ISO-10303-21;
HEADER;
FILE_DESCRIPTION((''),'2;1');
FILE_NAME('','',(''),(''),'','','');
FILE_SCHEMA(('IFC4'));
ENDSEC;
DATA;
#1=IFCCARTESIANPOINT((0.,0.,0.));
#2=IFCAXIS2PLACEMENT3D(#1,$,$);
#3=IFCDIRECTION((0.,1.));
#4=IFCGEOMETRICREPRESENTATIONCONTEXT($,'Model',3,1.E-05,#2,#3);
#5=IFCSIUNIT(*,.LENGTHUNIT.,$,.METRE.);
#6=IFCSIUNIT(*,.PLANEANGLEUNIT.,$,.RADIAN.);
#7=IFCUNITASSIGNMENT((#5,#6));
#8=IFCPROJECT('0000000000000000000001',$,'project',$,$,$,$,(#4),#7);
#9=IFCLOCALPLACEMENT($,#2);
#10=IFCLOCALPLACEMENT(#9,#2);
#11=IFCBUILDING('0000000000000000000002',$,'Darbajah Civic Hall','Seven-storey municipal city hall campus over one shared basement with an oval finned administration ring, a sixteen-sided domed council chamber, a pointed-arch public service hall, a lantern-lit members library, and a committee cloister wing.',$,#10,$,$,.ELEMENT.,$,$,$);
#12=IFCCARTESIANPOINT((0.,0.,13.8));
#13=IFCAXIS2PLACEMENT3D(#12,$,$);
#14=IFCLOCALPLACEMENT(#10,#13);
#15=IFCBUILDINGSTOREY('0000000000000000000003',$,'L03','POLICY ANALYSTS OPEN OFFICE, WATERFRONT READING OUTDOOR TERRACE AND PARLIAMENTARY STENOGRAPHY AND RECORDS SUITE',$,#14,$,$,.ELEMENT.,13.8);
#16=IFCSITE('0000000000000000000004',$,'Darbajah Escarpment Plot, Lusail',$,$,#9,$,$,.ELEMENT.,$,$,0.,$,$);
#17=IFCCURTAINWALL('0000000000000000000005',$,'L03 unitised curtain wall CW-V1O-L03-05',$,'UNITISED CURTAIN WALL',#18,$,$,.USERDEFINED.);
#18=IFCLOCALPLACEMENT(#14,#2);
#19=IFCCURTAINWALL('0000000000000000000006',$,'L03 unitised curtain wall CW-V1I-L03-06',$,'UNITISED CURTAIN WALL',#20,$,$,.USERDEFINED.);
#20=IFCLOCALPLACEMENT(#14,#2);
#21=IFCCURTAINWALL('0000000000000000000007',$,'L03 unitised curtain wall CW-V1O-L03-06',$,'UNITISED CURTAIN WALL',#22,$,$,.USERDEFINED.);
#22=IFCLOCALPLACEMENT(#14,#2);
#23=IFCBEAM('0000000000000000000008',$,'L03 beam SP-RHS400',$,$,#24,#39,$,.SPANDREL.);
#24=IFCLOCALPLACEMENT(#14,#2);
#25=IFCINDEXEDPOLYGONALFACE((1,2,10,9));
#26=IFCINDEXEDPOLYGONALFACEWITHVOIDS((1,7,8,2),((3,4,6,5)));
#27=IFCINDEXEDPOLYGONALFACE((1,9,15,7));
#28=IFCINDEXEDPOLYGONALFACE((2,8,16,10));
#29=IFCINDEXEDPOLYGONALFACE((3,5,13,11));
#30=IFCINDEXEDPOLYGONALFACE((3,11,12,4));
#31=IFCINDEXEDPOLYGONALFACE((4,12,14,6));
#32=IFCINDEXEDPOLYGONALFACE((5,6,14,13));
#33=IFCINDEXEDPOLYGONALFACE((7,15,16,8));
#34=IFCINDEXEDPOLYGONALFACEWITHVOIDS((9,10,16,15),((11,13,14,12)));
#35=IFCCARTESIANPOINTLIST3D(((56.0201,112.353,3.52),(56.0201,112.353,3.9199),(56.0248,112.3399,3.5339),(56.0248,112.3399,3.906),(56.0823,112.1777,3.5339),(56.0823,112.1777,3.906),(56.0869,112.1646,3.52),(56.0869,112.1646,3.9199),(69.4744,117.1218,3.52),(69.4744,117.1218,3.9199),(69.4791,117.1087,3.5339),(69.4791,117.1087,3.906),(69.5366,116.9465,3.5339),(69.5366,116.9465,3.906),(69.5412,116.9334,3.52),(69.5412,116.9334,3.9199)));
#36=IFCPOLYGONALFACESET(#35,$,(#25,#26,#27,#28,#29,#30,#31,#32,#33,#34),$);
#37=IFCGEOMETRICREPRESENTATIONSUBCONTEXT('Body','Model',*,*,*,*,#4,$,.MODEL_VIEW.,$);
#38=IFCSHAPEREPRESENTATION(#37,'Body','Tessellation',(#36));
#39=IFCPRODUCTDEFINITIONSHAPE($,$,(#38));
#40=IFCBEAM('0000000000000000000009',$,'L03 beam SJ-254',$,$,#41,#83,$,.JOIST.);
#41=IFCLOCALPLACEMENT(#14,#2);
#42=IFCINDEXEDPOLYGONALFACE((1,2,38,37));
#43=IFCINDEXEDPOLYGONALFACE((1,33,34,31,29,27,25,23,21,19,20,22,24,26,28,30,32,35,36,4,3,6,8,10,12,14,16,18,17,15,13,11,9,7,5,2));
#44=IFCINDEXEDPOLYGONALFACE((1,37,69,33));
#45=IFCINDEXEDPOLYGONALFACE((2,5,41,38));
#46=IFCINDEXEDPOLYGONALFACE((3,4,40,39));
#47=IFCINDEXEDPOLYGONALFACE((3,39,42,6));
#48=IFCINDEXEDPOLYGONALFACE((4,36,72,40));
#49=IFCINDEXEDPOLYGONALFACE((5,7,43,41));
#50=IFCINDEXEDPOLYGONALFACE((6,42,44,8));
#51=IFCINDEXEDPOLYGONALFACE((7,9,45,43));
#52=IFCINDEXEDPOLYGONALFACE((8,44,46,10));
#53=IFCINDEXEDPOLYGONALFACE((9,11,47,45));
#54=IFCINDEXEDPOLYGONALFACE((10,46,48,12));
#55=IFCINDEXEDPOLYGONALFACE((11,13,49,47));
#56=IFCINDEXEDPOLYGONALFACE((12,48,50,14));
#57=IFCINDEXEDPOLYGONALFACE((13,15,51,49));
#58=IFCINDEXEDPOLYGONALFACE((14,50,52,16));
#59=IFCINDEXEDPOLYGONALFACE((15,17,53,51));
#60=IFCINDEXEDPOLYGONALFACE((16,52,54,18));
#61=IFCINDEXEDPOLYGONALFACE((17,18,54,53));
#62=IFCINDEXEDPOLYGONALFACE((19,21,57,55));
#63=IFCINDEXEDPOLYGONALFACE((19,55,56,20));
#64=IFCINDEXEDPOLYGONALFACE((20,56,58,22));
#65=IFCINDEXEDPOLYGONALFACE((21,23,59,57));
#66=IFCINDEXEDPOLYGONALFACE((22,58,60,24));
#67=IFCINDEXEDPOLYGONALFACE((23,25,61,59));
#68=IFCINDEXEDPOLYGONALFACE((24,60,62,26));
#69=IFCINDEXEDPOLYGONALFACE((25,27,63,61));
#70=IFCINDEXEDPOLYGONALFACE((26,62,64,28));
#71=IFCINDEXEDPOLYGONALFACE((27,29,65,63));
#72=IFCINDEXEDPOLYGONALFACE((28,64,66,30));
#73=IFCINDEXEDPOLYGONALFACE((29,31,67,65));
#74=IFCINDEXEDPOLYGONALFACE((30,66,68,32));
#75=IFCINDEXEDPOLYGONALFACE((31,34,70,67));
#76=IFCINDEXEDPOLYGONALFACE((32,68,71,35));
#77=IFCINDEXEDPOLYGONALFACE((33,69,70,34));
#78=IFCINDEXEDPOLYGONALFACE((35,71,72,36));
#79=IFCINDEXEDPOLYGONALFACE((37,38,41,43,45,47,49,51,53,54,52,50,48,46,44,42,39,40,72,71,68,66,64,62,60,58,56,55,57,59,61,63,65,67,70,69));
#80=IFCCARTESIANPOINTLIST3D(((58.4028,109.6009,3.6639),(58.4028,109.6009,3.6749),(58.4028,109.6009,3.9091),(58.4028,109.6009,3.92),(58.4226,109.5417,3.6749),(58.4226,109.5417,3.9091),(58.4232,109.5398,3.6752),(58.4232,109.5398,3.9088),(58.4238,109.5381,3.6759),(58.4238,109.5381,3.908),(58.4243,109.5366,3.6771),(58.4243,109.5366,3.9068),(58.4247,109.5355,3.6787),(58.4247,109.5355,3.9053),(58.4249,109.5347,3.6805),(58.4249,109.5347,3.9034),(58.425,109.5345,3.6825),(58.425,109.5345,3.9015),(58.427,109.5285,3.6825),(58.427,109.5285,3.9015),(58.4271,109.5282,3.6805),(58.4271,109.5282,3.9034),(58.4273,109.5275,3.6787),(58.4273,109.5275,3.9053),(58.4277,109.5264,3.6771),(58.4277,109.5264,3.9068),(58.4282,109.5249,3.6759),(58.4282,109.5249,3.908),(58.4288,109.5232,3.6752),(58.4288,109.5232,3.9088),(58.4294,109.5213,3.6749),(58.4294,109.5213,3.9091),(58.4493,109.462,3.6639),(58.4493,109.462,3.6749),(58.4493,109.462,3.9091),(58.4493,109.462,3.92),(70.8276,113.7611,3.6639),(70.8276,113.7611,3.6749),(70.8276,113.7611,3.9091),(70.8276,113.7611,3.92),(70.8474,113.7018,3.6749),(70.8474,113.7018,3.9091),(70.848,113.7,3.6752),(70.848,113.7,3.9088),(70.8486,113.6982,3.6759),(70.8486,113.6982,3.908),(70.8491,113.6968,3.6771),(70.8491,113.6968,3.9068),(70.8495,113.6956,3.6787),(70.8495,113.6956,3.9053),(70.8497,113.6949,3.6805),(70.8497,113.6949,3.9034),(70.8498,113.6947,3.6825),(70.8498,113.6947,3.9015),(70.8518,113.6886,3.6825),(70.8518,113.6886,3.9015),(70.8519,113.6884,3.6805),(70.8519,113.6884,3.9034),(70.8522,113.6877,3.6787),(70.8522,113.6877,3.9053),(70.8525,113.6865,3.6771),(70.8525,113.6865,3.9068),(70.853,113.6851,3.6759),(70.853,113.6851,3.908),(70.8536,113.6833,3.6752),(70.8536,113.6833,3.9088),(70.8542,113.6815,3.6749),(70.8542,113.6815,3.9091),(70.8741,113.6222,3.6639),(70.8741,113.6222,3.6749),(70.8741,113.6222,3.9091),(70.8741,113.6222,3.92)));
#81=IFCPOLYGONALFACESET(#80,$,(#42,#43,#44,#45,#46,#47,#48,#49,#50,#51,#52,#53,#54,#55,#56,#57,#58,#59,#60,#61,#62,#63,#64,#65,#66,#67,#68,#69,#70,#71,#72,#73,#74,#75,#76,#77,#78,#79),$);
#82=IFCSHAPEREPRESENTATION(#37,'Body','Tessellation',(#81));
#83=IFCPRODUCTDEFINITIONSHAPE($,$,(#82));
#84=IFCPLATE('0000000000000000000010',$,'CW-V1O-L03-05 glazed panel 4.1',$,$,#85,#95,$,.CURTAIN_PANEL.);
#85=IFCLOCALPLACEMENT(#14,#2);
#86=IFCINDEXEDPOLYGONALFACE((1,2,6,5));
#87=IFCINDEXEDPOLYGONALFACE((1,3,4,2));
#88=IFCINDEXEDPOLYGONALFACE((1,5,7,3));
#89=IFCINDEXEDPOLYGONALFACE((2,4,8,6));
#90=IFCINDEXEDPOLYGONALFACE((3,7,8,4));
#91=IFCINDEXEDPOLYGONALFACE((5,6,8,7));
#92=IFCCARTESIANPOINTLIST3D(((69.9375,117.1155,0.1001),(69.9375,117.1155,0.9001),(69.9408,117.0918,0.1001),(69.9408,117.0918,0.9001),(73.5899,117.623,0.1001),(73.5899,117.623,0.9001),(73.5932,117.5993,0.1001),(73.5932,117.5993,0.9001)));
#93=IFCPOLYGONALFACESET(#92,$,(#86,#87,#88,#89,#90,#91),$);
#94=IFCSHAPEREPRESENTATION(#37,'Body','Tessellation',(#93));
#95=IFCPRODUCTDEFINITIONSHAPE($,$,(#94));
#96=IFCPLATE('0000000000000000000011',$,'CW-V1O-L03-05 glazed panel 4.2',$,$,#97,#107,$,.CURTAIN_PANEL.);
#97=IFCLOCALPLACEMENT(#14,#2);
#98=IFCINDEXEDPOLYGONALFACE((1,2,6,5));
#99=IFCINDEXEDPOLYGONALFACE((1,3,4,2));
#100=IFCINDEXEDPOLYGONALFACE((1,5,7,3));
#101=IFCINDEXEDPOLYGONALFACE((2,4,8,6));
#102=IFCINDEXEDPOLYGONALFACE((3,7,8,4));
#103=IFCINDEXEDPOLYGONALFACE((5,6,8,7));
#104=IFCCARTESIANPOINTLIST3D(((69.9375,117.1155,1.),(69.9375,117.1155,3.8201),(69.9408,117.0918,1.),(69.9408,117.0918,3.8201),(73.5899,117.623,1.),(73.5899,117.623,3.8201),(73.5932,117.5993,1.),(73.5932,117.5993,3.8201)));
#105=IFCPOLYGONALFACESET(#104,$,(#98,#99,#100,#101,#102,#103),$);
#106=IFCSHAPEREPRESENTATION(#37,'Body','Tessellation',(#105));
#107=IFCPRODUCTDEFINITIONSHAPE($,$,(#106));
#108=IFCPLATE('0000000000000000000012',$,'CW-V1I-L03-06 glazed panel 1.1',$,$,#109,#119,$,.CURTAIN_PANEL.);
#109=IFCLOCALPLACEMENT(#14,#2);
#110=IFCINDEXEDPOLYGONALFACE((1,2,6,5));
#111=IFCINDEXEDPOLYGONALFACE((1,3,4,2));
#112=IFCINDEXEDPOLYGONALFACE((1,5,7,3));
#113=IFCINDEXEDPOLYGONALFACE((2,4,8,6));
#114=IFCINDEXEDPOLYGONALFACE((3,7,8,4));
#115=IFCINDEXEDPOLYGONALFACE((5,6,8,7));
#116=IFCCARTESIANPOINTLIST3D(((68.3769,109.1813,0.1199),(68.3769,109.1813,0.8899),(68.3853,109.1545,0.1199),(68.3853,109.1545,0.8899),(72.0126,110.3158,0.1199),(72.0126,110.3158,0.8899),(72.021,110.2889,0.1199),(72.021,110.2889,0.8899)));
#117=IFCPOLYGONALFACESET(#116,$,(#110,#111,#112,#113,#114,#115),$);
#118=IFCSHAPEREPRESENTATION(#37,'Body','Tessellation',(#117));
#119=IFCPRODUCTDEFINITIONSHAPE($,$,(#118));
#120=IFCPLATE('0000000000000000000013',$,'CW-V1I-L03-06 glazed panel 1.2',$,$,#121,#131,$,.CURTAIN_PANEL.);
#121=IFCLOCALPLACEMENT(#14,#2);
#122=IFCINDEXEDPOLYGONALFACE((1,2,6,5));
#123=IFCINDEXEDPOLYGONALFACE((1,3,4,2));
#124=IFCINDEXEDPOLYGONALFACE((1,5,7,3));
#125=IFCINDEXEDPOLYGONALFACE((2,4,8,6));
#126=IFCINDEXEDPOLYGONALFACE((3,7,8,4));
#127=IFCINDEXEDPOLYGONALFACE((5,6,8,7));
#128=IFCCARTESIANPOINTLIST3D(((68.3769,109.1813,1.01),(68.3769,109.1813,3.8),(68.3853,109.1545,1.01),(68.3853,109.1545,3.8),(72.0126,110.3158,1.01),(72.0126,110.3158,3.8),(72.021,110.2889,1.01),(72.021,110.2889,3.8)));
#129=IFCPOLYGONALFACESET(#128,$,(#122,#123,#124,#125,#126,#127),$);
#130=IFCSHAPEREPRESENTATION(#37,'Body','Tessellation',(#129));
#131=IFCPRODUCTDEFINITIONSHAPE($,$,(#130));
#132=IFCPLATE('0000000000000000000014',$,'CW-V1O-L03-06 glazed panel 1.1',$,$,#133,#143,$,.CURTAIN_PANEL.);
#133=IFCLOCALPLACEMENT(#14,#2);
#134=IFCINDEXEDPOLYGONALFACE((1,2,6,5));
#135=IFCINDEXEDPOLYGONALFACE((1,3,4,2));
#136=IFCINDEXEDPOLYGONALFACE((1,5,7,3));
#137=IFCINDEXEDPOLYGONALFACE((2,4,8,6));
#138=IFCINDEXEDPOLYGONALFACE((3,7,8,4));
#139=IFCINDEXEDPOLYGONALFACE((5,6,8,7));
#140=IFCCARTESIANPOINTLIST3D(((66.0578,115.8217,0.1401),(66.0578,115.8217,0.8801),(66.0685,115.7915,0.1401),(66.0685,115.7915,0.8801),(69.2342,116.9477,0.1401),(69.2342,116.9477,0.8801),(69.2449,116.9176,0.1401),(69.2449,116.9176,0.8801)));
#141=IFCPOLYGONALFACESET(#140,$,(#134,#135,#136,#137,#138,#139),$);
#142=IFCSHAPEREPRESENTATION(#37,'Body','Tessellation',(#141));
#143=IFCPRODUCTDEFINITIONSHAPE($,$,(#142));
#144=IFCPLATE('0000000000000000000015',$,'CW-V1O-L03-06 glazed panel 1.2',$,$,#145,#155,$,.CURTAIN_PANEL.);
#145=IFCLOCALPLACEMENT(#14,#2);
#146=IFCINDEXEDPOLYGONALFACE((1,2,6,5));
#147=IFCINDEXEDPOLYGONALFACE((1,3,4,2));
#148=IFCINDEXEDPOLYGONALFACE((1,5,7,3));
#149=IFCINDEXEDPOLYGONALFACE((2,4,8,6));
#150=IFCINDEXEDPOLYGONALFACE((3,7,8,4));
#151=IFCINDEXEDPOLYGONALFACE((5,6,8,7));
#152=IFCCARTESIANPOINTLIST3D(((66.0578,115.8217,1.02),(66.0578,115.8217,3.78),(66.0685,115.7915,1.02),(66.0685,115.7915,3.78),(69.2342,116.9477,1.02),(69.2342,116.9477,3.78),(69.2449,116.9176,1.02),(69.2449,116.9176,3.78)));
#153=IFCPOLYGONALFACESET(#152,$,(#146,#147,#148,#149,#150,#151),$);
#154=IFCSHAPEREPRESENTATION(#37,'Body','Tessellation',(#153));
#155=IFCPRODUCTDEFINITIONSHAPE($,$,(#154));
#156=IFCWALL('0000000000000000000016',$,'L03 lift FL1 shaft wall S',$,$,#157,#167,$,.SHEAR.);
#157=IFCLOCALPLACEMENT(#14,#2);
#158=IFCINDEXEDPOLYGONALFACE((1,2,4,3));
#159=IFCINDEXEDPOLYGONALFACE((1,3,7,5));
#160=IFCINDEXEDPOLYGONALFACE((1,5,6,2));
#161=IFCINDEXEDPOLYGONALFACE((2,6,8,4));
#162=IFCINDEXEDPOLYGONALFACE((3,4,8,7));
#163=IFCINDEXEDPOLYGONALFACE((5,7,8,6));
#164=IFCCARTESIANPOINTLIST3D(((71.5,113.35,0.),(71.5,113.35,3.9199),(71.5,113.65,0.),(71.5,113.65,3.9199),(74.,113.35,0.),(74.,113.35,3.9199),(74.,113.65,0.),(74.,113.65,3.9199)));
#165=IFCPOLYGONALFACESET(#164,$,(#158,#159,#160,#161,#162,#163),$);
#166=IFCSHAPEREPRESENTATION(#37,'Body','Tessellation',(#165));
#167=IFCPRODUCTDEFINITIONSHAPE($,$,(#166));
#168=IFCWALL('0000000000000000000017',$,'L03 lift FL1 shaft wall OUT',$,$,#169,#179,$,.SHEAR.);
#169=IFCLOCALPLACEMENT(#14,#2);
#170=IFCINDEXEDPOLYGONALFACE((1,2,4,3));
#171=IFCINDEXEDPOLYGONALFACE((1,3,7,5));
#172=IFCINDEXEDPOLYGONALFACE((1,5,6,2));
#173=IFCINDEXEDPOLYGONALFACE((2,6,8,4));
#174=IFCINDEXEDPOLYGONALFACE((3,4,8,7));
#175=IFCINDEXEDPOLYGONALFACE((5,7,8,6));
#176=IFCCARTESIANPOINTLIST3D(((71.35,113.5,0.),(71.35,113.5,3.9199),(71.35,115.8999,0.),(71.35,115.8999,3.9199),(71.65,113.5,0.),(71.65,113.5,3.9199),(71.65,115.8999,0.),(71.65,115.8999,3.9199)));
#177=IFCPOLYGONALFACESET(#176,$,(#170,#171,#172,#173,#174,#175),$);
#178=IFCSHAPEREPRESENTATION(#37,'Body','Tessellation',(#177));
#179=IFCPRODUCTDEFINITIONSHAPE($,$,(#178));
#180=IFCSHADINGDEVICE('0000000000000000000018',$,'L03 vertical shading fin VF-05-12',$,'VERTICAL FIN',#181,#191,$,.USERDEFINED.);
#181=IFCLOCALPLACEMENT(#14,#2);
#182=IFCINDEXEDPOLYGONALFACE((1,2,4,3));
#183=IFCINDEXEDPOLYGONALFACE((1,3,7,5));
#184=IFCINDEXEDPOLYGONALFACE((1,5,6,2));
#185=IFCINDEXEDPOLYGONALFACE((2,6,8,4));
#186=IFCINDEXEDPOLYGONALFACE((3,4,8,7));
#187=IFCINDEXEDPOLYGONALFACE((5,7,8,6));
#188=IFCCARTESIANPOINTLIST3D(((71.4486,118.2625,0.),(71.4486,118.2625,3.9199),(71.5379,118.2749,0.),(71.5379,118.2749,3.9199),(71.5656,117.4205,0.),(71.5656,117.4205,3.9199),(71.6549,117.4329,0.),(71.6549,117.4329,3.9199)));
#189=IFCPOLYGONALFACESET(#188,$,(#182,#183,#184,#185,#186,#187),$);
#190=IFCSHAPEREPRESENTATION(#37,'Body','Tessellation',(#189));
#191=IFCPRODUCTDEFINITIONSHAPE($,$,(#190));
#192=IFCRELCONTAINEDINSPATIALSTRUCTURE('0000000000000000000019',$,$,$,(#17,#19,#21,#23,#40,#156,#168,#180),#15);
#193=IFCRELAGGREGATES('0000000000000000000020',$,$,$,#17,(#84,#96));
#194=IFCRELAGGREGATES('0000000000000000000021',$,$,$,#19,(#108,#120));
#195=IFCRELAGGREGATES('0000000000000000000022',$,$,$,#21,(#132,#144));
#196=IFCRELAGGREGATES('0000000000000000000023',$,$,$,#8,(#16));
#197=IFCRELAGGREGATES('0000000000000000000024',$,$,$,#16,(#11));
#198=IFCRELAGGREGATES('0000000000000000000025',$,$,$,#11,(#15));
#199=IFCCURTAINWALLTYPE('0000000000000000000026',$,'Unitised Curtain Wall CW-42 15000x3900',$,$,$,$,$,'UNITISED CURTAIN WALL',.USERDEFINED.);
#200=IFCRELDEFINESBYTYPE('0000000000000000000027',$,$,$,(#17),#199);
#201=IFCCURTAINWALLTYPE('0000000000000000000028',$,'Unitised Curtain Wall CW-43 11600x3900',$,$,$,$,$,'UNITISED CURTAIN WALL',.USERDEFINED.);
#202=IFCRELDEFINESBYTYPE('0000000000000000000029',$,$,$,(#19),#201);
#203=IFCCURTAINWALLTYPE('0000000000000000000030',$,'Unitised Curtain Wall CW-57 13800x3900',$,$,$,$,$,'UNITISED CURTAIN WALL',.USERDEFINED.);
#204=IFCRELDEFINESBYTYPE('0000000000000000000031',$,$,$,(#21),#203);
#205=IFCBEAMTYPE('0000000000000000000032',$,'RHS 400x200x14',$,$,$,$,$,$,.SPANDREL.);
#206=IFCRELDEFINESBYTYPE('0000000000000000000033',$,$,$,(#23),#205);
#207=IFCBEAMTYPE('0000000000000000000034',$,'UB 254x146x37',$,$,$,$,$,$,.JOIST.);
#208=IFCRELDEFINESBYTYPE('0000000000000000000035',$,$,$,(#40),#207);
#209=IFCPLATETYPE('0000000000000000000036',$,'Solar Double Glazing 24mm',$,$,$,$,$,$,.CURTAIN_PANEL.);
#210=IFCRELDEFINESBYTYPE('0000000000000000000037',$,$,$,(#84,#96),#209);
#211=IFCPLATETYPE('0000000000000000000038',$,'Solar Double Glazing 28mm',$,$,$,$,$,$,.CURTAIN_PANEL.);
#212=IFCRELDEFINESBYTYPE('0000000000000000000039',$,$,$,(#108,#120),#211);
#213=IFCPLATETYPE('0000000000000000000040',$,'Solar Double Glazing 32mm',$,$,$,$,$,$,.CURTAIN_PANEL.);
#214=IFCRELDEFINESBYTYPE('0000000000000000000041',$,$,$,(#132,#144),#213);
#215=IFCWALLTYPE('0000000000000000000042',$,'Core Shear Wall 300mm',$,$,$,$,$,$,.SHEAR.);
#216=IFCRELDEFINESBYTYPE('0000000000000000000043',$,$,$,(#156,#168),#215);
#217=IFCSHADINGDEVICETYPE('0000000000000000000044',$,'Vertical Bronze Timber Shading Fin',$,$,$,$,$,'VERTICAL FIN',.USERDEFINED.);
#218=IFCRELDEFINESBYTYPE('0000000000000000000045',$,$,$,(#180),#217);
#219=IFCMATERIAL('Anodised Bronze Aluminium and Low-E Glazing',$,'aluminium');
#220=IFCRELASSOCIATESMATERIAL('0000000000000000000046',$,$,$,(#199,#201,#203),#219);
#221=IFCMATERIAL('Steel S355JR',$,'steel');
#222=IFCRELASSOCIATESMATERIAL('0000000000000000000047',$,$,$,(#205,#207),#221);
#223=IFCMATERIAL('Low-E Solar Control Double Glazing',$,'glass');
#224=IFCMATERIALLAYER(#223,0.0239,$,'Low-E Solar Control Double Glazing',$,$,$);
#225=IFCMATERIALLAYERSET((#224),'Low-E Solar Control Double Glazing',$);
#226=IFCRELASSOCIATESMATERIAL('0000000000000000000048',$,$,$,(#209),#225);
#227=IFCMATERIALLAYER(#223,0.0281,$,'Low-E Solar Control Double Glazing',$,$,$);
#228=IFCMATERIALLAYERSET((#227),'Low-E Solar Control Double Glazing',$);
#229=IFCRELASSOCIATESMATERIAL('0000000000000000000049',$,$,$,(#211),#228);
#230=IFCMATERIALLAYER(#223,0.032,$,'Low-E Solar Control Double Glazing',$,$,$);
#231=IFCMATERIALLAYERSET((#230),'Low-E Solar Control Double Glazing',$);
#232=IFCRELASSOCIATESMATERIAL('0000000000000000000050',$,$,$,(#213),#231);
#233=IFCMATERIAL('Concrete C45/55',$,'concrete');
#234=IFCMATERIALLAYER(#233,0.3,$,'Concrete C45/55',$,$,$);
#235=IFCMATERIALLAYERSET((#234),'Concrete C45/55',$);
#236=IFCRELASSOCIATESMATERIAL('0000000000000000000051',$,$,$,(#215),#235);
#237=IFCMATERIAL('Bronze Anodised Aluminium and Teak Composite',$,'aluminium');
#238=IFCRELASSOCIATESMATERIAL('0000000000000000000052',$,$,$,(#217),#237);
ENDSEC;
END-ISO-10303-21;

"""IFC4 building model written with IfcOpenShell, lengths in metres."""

from ifc_helpers import new_model, si_unit, direction, frame, frame_2d, origin, origin_2d, place, context, subcontext, project, spatial, rectangle, hollow_rectangle, i_section, extrude, material, layer, layer_set, material_profile, profile_set, type_object, element, aggregate, save


model = new_model("IFC4")

# Units and contexts
model_context = context("Model", 3, precision=1e-05, world=origin(), true_north=direction((0.0, 1.0)))
body_context = subcontext(model_context, "Body", "Model", "MODEL_VIEW")
ifc_project = project(units=[si_unit("LENGTHUNIT", "METRE"), si_unit("PLANEANGLEUNIT", "RADIAN")], contexts=[model_context])

# Site, building, storey
site_placement = place(None, origin())
site = spatial("IfcSite", under=ifc_project, at=site_placement, Name="Darbajah Escarpment Plot, Lusail", CompositionType="ELEMENT", RefElevation=0.0)
building_placement = place(site_placement, origin())
building = spatial("IfcBuilding", under=site, at=building_placement, Name="Darbajah Civic Hall", Description="Seven-storey municipal city hall campus over one shared basement with an oval finned administration ring, a sixteen-sided domed council chamber, a pointed-arch public service hall, a lantern-lit members library, and a committee cloister wing.", CompositionType="ELEMENT")
storey_placement = place(building_placement, frame((0.0, 0.0, 13.8)))
storey = spatial("IfcBuildingStorey", under=building, at=storey_placement, Name="L03", Description="POLICY ANALYSTS OPEN OFFICE, WATERFRONT READING OUTDOOR TERRACE AND PARLIAMENTARY STENOGRAPHY AND RECORDS SUITE", CompositionType="ELEMENT", Elevation=13.8)

# Shared definitions
ifc_material_1 = material(Name="Concrete C45/55", Category="concrete")

# Curtain walls
ifc_material_2 = material(Name="Anodised Bronze Aluminium and Low-E Glazing", Category="aluminium")
curtain_wall_type_1 = type_object("IfcCurtainWallType", Name="Unitised Curtain Wall CW-42 15000x3900", ElementType="UNITISED CURTAIN WALL", PredefinedType="USERDEFINED", material=ifc_material_2)
curtain_wall_1_placement = place(storey_placement, origin())
curtain_wall_1 = element("IfcCurtainWall", 1, at=curtain_wall_1_placement, inside=storey, type_object=curtain_wall_type_1, Name="L03 unitised curtain wall CW-V1O-L03-05", ObjectType="UNITISED CURTAIN WALL", PredefinedType="USERDEFINED")
curtain_wall_type_2 = type_object("IfcCurtainWallType", Name="Unitised Curtain Wall CW-43 11600x3900", ElementType="UNITISED CURTAIN WALL", PredefinedType="USERDEFINED", material=ifc_material_2)
curtain_wall_2_placement = place(storey_placement, origin())
curtain_wall_2 = element("IfcCurtainWall", 2, at=curtain_wall_2_placement, inside=storey, type_object=curtain_wall_type_2, Name="L03 unitised curtain wall CW-V1I-L03-06", ObjectType="UNITISED CURTAIN WALL", PredefinedType="USERDEFINED")
curtain_wall_type_3 = type_object("IfcCurtainWallType", Name="Unitised Curtain Wall CW-57 13800x3900", ElementType="UNITISED CURTAIN WALL", PredefinedType="USERDEFINED", material=ifc_material_2)
curtain_wall_3_placement = place(storey_placement, origin())
curtain_wall_3 = element("IfcCurtainWall", 3, at=curtain_wall_3_placement, inside=storey, type_object=curtain_wall_type_3, Name="L03 unitised curtain wall CW-V1O-L03-06", ObjectType="UNITISED CURTAIN WALL", PredefinedType="USERDEFINED")

# Beams
ifc_material_3 = material(Name="Steel S355JR", Category="steel")
ifc_material_profile_1 = material_profile(ifc_material_3, hollow_rectangle(XDim=0.2, YDim=0.3999, WallThickness=0.0139, at=origin_2d()), Name="RHS 400x200x14")
ifc_profile_set_1 = profile_set([ifc_material_profile_1], Name="Steel S355JR")
beam_type_1 = type_object("IfcBeamType", Name="RHS 400x200x14", PredefinedType="SPANDREL", material=ifc_profile_set_1)
beam_1_placement = place(storey_placement, frame((69.5078, 117.0276, 3.72), z_axis=(-0.942545, -0.334079, 0.0), x_axis=(0.334079, -0.942545, 0.0)))
element("IfcBeam", 4, at=beam_1_placement, inside=storey, type_object=beam_type_1, Name="L03 beam SP-RHS400", PredefinedType="SPANDREL", context=body_context, shape_type="SweptSolid", body=[
    extrude(hollow_rectangle(XDim=0.2, YDim=0.3999, WallThickness=0.0139, at=origin_2d()), origin(), (0.0, 0.0, 1.0), 14.2744),
])
ifc_material_profile_2 = material_profile(ifc_material_3, i_section(OverallWidth=0.1465, OverallDepth=0.2561, WebThickness=0.0063, FlangeThickness=0.011, FilletRadius=0.0076, at=origin_2d()), Name="UB 254x146x37")
ifc_profile_set_2 = profile_set([ifc_material_profile_2], Name="Steel S355JR")
beam_type_2 = type_object("IfcBeamType", Name="UB 254x146x37", PredefinedType="JOIST", material=ifc_profile_set_2)
beam_2_placement = place(storey_placement, frame((70.8508, 113.6917, 3.792), z_axis=(-0.948258, -0.317502, 0.0), x_axis=(0.317502, -0.948258, 0.0)))
element("IfcBeam", 5, at=beam_2_placement, inside=storey, type_object=beam_type_2, Name="L03 beam SJ-254", PredefinedType="JOIST", context=body_context, shape_type="SweptSolid", body=[
    extrude(i_section(OverallWidth=0.1465, OverallDepth=0.2561, WebThickness=0.0063, FlangeThickness=0.011, FilletRadius=0.0076, at=origin_2d()), origin(), (0.0, 0.0, 1.0), 13.1028),
])

# Plates
ifc_material_4 = material(Name="Low-E Solar Control Double Glazing", Category="glass")
ifc_layer_1 = layer(ifc_material_4, 0.0239, Name="Low-E Solar Control Double Glazing")
ifc_layer_set_1 = layer_set([ifc_layer_1], Name="Low-E Solar Control Double Glazing")
plate_type_1 = type_object("IfcPlateType", Name="Solar Double Glazing 24mm", PredefinedType="CURTAIN_PANEL", material=ifc_layer_set_1)
plate_1_placement = place(storey_placement, frame((71.7654, 117.3574, 0.1001), z_axis=(0.0, 0.0, 1.0), x_axis=(-0.990485, -0.137617, 0.0)))
plate_1 = element("IfcPlate", 6, at=plate_1_placement, type_object=plate_type_1, Name="CW-V1O-L03-05 glazed panel 4.1", PredefinedType="CURTAIN_PANEL", context=body_context, shape_type="SweptSolid", body=[
    extrude(rectangle(XDim=3.6875, YDim=0.0239, at=origin_2d()), origin(), (0.0, 0.0, 1.0), 0.8),
])
plate_2_placement = place(storey_placement, frame((71.7654, 117.3574, 1.0), z_axis=(0.0, 0.0, 1.0), x_axis=(-0.990485, -0.137617, 0.0)))
plate_2 = element("IfcPlate", 7, at=plate_2_placement, type_object=plate_type_1, Name="CW-V1O-L03-05 glazed panel 4.2", PredefinedType="CURTAIN_PANEL", context=body_context, shape_type="SweptSolid", body=[
    extrude(rectangle(XDim=3.6875, YDim=0.0239, at=origin_2d()), origin(), (0.0, 0.0, 1.0), 2.8201),
])
aggregate(curtain_wall_1, [plate_1, plate_2])
ifc_layer_2 = layer(ifc_material_4, 0.0281, Name="Low-E Solar Control Double Glazing")
ifc_layer_set_2 = layer_set([ifc_layer_2], Name="Low-E Solar Control Double Glazing")
plate_type_2 = type_object("IfcPlateType", Name="Solar Double Glazing 28mm", PredefinedType="CURTAIN_PANEL", material=ifc_layer_set_2)
plate_3_placement = place(storey_placement, frame((70.199, 109.7351, 0.1199), z_axis=(0.0, 0.0, 1.0), x_axis=(-0.954605, -0.297875, 0.0)))
plate_3 = element("IfcPlate", 8, at=plate_3_placement, type_object=plate_type_2, Name="CW-V1I-L03-06 glazed panel 1.1", PredefinedType="CURTAIN_PANEL", context=body_context, shape_type="SweptSolid", body=[
    extrude(rectangle(XDim=3.8086, YDim=0.0281, at=origin_2d()), origin(), (0.0, 0.0, 1.0), 0.77),
])
plate_4_placement = place(storey_placement, frame((70.199, 109.7351, 1.01), z_axis=(0.0, 0.0, 1.0), x_axis=(-0.954605, -0.297875, 0.0)))
plate_4 = element("IfcPlate", 9, at=plate_4_placement, type_object=plate_type_2, Name="CW-V1I-L03-06 glazed panel 1.2", PredefinedType="CURTAIN_PANEL", context=body_context, shape_type="SweptSolid", body=[
    extrude(rectangle(XDim=3.8086, YDim=0.0281, at=origin_2d()), origin(), (0.0, 0.0, 1.0), 2.79),
])
aggregate(curtain_wall_2, [plate_3, plate_4])
ifc_layer_3 = layer(ifc_material_4, 0.032, Name="Low-E Solar Control Double Glazing")
ifc_layer_set_3 = layer_set([ifc_layer_3], Name="Low-E Solar Control Double Glazing")
plate_type_3 = type_object("IfcPlateType", Name="Solar Double Glazing 32mm", PredefinedType="CURTAIN_PANEL", material=ifc_layer_set_3)
plate_5_placement = place(storey_placement, frame((67.6514, 116.3696, 0.1401), z_axis=(0.0, 0.0, 1.0), x_axis=(-0.942525, -0.334136, 0.0)))
plate_5 = element("IfcPlate", 10, at=plate_5_placement, type_object=plate_type_3, Name="CW-V1O-L03-06 glazed panel 1.1", PredefinedType="CURTAIN_PANEL", context=body_context, shape_type="SweptSolid", body=[
    extrude(rectangle(XDim=3.3701, YDim=0.032, at=origin_2d()), origin(), (0.0, 0.0, 1.0), 0.74),
])
plate_6_placement = place(storey_placement, frame((67.6514, 116.3696, 1.02), z_axis=(0.0, 0.0, 1.0), x_axis=(-0.942525, -0.334136, 0.0)))
plate_6 = element("IfcPlate", 11, at=plate_6_placement, type_object=plate_type_3, Name="CW-V1O-L03-06 glazed panel 1.2", PredefinedType="CURTAIN_PANEL", context=body_context, shape_type="SweptSolid", body=[
    extrude(rectangle(XDim=3.3701, YDim=0.032, at=origin_2d()), origin(), (0.0, 0.0, 1.0), 2.76),
])
aggregate(curtain_wall_3, [plate_5, plate_6])

# Walls
ifc_layer_4 = layer(ifc_material_1, 0.3, Name="Concrete C45/55")
ifc_layer_set_4 = layer_set([ifc_layer_4], Name="Concrete C45/55")
wall_type = type_object("IfcWallType", Name="Core Shear Wall 300mm", PredefinedType="SHEAR", material=ifc_layer_set_4)
wall_1_placement = place(storey_placement, frame((71.5, 113.5, 0.0), z_axis=(0.0, 0.0, 1.0), x_axis=(1.0, 0.0, 0.0)))
element("IfcWall", 12, at=wall_1_placement, inside=storey, type_object=wall_type, Name="L03 lift FL1 shaft wall S", PredefinedType="SHEAR", context=body_context, shape_type="SweptSolid", body=[
    extrude(rectangle(XDim=2.5, YDim=0.3, at=frame_2d((1.25, 0.0))), origin(), (0.0, 0.0, 1.0), 3.9199),
])
wall_2_placement = place(storey_placement, frame((71.5, 115.8999, 0.0), z_axis=(0.0, 0.0, 1.0), x_axis=(0.0, -1.0, 0.0)))
element("IfcWall", 13, at=wall_2_placement, inside=storey, type_object=wall_type, Name="L03 lift FL1 shaft wall OUT", PredefinedType="SHEAR", context=body_context, shape_type="SweptSolid", body=[
    extrude(rectangle(XDim=2.3999, YDim=0.3, at=frame_2d((1.2, 0.0))), origin(), (0.0, 0.0, 1.0), 3.9199),
])

# Shading device
ifc_material_5 = material(Name="Bronze Anodised Aluminium and Teak Composite", Category="aluminium")
shading_device_type = type_object("IfcShadingDeviceType", Name="Vertical Bronze Timber Shading Fin", ElementType="VERTICAL FIN", PredefinedType="USERDEFINED", material=ifc_material_5)
for number, where, z_axis, x_axis, name in (
    (14, (71.5518, 117.8477, 0.0), (0.0, 0.0, 1.0), (-0.137617, 0.990485, 0.0), "L03 vertical shading fin VF-05-12"),
):
    element("IfcShadingDevice", number, at=place(storey_placement, frame(where, z_axis=z_axis, x_axis=x_axis)), inside=storey, type_object=shading_device_type, Name=name, ObjectType="VERTICAL FIN", PredefinedType="USERDEFINED", context=body_context, shape_type="SweptSolid", body=[
        extrude(rectangle(XDim=0.8501, YDim=0.0901, at=origin_2d()), origin(), (0.0, 0.0, 1.0), 3.9199),
    ])

save(model, "model.ifc")
